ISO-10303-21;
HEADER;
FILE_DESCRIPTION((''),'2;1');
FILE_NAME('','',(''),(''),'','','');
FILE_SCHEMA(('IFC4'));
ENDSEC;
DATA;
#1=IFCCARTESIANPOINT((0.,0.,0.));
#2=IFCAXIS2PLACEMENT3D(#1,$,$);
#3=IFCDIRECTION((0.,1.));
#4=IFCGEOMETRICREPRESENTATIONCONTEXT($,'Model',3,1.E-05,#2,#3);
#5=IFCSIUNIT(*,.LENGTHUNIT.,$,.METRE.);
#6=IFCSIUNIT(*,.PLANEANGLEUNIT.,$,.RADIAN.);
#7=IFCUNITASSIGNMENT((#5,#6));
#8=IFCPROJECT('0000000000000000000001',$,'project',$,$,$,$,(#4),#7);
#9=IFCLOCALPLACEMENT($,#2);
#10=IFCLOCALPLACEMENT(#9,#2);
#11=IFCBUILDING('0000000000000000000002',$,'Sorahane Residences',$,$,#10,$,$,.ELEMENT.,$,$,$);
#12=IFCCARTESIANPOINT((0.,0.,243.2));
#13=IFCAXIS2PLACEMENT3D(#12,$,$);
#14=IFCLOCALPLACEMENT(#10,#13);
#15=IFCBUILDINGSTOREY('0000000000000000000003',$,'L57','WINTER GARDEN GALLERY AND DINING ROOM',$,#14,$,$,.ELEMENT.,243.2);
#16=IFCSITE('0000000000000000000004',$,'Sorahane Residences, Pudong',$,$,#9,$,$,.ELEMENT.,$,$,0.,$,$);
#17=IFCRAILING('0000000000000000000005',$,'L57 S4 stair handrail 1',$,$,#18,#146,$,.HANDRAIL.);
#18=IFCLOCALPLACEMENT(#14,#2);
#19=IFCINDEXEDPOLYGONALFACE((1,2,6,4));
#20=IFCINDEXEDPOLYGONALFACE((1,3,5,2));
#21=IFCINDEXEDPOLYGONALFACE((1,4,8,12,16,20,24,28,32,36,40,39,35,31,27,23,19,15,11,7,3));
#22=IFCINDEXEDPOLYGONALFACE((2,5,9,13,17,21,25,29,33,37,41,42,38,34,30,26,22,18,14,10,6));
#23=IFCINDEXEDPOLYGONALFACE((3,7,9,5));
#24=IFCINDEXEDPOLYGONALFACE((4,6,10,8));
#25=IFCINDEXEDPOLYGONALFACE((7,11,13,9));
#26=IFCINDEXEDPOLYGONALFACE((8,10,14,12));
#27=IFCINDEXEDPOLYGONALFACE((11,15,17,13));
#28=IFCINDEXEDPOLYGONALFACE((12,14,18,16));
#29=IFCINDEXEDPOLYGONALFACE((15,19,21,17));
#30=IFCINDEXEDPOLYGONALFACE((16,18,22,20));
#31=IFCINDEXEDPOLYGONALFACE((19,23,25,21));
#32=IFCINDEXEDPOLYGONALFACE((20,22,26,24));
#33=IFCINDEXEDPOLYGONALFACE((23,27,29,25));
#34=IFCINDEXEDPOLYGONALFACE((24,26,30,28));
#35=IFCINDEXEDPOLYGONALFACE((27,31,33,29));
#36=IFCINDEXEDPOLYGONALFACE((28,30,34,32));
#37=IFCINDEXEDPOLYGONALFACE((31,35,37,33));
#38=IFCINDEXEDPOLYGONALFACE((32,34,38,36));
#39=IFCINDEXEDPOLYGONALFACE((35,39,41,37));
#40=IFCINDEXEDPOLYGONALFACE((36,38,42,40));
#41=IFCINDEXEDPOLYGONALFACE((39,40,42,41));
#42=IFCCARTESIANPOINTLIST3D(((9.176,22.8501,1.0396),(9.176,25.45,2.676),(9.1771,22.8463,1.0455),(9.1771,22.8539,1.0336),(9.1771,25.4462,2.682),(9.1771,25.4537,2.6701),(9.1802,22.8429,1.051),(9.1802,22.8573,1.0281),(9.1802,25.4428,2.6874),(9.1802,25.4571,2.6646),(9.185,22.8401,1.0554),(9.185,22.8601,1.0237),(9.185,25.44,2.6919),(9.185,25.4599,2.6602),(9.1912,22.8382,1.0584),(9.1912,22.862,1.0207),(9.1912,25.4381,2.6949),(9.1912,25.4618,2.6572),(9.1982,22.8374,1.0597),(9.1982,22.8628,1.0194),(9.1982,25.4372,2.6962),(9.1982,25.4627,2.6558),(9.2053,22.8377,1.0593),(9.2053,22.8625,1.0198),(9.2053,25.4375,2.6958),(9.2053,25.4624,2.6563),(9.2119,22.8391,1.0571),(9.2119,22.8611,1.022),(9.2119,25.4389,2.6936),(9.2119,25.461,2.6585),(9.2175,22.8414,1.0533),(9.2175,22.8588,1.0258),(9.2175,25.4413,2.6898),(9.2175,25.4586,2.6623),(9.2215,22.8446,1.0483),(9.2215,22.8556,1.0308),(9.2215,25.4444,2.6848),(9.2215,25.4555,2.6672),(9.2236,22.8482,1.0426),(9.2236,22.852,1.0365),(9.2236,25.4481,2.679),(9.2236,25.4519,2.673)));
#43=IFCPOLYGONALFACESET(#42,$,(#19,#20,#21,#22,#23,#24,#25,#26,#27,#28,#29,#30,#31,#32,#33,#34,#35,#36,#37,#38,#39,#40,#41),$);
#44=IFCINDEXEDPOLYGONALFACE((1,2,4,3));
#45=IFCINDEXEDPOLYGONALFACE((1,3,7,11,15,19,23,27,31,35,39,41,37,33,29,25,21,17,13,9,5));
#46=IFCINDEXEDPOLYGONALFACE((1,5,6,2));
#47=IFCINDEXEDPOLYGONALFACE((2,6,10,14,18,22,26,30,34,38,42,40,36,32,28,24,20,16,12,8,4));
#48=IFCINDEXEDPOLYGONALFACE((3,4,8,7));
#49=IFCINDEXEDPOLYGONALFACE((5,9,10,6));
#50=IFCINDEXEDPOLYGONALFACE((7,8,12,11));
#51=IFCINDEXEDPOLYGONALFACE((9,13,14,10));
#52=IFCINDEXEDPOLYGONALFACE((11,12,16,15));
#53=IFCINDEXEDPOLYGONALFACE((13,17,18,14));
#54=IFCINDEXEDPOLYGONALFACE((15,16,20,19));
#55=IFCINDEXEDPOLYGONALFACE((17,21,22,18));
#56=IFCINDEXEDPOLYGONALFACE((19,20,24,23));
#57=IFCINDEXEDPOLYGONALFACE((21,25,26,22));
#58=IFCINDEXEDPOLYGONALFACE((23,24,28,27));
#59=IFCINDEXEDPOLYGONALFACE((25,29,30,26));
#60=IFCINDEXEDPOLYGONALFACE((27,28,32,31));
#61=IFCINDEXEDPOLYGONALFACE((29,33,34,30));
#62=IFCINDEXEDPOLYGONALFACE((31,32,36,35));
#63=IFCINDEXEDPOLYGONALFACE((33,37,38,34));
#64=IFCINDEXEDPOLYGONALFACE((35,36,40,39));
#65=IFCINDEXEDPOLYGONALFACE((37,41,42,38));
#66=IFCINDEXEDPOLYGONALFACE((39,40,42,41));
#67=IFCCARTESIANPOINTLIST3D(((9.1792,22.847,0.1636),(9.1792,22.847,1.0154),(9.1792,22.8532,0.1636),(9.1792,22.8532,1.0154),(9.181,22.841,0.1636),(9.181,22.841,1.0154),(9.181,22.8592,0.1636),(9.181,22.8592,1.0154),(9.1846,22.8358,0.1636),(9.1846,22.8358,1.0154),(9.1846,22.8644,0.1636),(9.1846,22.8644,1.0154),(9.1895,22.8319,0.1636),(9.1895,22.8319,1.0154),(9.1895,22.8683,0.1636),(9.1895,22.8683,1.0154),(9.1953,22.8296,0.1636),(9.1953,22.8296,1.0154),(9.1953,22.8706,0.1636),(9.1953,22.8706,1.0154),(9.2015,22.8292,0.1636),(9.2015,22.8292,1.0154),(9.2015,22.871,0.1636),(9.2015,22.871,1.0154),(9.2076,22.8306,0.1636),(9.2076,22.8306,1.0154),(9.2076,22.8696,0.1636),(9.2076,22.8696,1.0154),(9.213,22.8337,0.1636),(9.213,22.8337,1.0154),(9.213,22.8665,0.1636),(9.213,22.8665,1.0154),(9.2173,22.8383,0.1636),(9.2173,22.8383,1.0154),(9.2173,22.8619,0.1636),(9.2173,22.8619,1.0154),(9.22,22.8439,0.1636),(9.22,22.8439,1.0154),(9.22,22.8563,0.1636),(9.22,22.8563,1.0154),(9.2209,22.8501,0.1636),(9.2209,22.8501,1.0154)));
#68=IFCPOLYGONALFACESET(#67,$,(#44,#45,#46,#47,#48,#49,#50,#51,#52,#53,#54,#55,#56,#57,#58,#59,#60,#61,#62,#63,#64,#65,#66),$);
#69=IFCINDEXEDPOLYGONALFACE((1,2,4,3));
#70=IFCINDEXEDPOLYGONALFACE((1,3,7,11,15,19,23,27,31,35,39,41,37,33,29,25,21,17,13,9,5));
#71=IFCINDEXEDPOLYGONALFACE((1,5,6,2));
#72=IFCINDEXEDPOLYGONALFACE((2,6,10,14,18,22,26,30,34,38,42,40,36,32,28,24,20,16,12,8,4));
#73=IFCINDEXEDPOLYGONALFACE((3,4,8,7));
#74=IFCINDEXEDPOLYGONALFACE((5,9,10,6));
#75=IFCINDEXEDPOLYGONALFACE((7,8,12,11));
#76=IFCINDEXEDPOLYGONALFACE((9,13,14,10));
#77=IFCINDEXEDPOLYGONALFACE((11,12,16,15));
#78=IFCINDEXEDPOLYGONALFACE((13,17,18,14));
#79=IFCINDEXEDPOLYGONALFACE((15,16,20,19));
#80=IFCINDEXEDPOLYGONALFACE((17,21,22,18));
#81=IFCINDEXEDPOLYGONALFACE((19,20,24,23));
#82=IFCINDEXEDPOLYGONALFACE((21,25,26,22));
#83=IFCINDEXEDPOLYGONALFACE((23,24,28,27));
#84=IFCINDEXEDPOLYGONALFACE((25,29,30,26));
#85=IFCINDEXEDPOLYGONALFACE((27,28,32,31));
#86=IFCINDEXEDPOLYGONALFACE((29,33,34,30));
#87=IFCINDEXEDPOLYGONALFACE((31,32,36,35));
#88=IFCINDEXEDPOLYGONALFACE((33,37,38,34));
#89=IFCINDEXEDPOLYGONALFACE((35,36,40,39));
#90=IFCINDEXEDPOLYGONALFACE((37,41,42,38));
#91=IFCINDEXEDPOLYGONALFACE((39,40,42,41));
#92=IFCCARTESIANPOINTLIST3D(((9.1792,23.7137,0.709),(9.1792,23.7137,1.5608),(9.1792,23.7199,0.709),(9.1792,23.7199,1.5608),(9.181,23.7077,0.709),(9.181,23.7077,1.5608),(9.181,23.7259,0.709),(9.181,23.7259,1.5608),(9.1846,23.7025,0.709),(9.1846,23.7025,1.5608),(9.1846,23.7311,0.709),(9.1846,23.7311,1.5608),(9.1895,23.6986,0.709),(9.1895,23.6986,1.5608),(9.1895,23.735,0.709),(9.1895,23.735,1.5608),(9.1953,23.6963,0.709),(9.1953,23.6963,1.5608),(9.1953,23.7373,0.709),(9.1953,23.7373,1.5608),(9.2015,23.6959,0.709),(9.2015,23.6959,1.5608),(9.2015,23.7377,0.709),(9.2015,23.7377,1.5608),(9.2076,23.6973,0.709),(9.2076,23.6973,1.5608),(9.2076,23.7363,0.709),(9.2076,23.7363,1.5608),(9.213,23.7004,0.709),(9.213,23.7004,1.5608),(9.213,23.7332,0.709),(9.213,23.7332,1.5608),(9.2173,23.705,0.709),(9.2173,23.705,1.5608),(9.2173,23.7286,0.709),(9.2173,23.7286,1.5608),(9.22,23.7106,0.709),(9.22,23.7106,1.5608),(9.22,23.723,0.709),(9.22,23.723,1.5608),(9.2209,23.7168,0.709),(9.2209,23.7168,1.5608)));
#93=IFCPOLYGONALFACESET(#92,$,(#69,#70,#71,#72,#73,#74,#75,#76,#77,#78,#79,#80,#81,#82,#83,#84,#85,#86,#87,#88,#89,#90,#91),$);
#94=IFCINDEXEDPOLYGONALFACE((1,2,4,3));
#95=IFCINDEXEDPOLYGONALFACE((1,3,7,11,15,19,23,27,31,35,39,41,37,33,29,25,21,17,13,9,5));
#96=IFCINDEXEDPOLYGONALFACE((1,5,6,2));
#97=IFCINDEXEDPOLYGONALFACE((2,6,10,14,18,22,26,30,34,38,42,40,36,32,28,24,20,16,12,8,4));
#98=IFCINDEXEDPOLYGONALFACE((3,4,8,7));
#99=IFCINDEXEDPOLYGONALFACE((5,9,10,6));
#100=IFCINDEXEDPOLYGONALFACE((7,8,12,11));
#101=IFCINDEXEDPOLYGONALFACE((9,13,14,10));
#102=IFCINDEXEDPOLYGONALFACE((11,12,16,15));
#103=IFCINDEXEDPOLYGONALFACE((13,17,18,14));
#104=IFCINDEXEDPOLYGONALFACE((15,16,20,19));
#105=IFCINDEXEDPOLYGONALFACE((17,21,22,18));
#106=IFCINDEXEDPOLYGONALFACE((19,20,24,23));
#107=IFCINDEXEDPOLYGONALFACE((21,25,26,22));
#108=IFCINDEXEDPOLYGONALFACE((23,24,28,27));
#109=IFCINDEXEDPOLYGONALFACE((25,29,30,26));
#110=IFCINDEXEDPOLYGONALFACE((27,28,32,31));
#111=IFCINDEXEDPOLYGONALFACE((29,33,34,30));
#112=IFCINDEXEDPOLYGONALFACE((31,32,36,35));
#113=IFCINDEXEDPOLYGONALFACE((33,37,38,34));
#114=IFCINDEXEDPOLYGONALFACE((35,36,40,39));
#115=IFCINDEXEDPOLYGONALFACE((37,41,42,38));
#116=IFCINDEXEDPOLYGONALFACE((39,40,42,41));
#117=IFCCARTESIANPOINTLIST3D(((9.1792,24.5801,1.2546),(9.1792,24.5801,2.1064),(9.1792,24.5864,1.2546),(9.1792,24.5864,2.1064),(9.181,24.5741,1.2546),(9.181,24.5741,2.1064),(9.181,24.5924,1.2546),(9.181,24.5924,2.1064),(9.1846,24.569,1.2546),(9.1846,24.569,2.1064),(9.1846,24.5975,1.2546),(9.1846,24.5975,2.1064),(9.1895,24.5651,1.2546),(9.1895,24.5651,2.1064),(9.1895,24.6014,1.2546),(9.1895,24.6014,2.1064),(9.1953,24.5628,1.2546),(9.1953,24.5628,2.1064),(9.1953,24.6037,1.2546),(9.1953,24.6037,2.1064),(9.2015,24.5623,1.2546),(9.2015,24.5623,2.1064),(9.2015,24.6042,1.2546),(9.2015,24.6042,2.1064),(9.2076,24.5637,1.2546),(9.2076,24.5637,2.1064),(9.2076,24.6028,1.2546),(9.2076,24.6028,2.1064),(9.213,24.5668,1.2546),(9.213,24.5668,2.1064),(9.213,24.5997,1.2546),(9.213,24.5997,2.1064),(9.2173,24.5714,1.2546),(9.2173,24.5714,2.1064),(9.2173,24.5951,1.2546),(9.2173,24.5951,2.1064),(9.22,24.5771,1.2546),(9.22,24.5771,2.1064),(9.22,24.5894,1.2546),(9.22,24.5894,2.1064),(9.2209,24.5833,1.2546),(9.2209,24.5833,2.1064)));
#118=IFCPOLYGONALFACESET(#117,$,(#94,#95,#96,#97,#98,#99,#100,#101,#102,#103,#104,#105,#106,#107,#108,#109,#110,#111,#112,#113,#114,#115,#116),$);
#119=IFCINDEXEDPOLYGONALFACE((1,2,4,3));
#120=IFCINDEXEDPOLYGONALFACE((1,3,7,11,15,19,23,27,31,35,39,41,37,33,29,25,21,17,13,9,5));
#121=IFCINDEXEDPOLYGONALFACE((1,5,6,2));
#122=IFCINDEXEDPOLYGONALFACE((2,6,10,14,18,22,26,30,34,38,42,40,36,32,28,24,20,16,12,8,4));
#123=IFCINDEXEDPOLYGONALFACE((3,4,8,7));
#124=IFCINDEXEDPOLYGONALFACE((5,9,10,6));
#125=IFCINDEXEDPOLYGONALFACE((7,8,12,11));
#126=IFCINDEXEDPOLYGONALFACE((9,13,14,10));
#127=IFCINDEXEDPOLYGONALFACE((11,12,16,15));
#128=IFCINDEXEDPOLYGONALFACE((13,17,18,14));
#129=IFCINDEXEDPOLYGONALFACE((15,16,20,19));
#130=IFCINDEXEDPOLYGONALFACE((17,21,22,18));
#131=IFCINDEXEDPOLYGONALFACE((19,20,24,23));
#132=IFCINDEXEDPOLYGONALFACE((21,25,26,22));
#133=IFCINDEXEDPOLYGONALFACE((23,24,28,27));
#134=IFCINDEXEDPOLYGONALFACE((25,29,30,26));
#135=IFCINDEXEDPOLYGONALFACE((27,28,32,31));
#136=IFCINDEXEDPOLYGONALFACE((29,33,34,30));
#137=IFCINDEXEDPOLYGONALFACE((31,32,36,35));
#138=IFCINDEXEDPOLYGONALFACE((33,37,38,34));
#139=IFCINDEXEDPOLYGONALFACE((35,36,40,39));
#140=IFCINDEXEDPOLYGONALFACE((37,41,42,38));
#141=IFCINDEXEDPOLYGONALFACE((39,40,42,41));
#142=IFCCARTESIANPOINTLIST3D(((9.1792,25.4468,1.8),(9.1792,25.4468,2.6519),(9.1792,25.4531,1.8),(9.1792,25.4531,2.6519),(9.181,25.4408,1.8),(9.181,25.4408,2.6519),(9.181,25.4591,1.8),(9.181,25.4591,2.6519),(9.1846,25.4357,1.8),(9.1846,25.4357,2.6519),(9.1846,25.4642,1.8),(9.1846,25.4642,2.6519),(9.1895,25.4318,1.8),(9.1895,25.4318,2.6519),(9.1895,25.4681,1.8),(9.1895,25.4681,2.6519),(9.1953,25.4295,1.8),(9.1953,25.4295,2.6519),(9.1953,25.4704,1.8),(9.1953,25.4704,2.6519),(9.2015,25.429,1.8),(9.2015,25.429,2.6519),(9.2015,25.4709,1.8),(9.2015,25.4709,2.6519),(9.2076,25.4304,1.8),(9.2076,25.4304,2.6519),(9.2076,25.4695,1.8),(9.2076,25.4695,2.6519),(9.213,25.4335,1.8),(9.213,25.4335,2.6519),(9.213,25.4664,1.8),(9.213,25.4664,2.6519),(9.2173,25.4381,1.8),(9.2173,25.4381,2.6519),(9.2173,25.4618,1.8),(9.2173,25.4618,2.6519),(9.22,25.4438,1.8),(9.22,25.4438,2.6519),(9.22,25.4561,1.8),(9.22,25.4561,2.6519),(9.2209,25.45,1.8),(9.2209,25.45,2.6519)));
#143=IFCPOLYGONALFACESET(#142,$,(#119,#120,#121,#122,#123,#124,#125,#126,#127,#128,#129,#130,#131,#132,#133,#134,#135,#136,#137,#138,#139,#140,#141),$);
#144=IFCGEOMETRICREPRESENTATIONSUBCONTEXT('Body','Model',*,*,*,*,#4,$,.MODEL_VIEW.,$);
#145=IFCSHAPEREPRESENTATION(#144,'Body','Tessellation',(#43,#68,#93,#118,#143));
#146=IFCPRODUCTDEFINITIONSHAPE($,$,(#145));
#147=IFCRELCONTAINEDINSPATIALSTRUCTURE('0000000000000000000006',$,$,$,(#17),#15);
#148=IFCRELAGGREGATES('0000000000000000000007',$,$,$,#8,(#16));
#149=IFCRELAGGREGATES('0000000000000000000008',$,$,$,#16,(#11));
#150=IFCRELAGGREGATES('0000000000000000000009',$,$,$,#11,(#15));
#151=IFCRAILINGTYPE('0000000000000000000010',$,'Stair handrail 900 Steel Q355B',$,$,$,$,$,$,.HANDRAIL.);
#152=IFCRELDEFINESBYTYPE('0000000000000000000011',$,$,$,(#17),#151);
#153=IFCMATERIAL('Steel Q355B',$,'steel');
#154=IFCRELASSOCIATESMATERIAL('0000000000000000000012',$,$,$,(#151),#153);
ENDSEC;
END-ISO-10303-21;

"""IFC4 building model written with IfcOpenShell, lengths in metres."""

from ifc_helpers import new_model, si_unit, direction, frame, origin, origin_2d, place, context, subcontext, project, spatial, circle, extrude, material, type_object, element, save


model = new_model("IFC4")

# Units and contexts
model_context = context("Model", 3, precision=1e-05, world=origin(), true_north=direction((0.0, 1.0)))
body_context = subcontext(model_context, "Body", "Model", "MODEL_VIEW")
ifc_project = project(units=[si_unit("LENGTHUNIT", "METRE"), si_unit("PLANEANGLEUNIT", "RADIAN")], contexts=[model_context])

# Site, building, storey
site_placement = place(None, origin())
site = spatial("IfcSite", under=ifc_project, at=site_placement, Name="Sorahane Residences, Pudong", CompositionType="ELEMENT", RefElevation=0.0)
building_placement = place(site_placement, origin())
building = spatial("IfcBuilding", under=site, at=building_placement, Name="Sorahane Residences", CompositionType="ELEMENT")
storey_placement = place(building_placement, frame((0.0, 0.0, 243.2)))
storey = spatial("IfcBuildingStorey", under=building, at=storey_placement, Name="L57", Description="WINTER GARDEN GALLERY AND DINING ROOM", CompositionType="ELEMENT", Elevation=243.2)

# Railing
ifc_material_1 = material(Name="Steel Q355B", Category="steel")
railing_type_1 = type_object("IfcRailingType", Name="Stair handrail 900 Steel Q355B", PredefinedType="HANDRAIL", material=ifc_material_1)
railing_1_placement = place(storey_placement, frame((9.2, 22.8501, 0.1636)))
element("IfcRailing", 1, at=railing_1_placement, inside=storey, type_object=railing_type_1, Name="L57 S4 stair handrail 1", PredefinedType="HANDRAIL", context=body_context, shape_type="SweptSolid", body=[
    extrude(circle(Radius=0.0239, at=origin_2d()), frame((0.0, 0.0, 0.876), z_axis=(0.0, 0.846302, 0.532704), x_axis=(-1.0, 0.0, 0.0)), (0.0, 0.0, 1.0), 3.072),
    extrude(circle(Radius=0.021, at=origin_2d()), origin(), (0.0, 0.0, 1.0), 0.8518),
    extrude(circle(Radius=0.021, at=origin_2d()), frame((0.0, 0.8667, 0.5454)), (0.0, 0.0, 1.0), 0.8518),
    extrude(circle(Radius=0.021, at=origin_2d()), frame((0.0, 1.7332, 1.0911)), (0.0, 0.0, 1.0), 0.8518),
    extrude(circle(Radius=0.021, at=origin_2d()), frame((0.0, 2.5999, 1.6365)), (0.0, 0.0, 1.0), 0.8518),
])

save(model, "model.ifc")
